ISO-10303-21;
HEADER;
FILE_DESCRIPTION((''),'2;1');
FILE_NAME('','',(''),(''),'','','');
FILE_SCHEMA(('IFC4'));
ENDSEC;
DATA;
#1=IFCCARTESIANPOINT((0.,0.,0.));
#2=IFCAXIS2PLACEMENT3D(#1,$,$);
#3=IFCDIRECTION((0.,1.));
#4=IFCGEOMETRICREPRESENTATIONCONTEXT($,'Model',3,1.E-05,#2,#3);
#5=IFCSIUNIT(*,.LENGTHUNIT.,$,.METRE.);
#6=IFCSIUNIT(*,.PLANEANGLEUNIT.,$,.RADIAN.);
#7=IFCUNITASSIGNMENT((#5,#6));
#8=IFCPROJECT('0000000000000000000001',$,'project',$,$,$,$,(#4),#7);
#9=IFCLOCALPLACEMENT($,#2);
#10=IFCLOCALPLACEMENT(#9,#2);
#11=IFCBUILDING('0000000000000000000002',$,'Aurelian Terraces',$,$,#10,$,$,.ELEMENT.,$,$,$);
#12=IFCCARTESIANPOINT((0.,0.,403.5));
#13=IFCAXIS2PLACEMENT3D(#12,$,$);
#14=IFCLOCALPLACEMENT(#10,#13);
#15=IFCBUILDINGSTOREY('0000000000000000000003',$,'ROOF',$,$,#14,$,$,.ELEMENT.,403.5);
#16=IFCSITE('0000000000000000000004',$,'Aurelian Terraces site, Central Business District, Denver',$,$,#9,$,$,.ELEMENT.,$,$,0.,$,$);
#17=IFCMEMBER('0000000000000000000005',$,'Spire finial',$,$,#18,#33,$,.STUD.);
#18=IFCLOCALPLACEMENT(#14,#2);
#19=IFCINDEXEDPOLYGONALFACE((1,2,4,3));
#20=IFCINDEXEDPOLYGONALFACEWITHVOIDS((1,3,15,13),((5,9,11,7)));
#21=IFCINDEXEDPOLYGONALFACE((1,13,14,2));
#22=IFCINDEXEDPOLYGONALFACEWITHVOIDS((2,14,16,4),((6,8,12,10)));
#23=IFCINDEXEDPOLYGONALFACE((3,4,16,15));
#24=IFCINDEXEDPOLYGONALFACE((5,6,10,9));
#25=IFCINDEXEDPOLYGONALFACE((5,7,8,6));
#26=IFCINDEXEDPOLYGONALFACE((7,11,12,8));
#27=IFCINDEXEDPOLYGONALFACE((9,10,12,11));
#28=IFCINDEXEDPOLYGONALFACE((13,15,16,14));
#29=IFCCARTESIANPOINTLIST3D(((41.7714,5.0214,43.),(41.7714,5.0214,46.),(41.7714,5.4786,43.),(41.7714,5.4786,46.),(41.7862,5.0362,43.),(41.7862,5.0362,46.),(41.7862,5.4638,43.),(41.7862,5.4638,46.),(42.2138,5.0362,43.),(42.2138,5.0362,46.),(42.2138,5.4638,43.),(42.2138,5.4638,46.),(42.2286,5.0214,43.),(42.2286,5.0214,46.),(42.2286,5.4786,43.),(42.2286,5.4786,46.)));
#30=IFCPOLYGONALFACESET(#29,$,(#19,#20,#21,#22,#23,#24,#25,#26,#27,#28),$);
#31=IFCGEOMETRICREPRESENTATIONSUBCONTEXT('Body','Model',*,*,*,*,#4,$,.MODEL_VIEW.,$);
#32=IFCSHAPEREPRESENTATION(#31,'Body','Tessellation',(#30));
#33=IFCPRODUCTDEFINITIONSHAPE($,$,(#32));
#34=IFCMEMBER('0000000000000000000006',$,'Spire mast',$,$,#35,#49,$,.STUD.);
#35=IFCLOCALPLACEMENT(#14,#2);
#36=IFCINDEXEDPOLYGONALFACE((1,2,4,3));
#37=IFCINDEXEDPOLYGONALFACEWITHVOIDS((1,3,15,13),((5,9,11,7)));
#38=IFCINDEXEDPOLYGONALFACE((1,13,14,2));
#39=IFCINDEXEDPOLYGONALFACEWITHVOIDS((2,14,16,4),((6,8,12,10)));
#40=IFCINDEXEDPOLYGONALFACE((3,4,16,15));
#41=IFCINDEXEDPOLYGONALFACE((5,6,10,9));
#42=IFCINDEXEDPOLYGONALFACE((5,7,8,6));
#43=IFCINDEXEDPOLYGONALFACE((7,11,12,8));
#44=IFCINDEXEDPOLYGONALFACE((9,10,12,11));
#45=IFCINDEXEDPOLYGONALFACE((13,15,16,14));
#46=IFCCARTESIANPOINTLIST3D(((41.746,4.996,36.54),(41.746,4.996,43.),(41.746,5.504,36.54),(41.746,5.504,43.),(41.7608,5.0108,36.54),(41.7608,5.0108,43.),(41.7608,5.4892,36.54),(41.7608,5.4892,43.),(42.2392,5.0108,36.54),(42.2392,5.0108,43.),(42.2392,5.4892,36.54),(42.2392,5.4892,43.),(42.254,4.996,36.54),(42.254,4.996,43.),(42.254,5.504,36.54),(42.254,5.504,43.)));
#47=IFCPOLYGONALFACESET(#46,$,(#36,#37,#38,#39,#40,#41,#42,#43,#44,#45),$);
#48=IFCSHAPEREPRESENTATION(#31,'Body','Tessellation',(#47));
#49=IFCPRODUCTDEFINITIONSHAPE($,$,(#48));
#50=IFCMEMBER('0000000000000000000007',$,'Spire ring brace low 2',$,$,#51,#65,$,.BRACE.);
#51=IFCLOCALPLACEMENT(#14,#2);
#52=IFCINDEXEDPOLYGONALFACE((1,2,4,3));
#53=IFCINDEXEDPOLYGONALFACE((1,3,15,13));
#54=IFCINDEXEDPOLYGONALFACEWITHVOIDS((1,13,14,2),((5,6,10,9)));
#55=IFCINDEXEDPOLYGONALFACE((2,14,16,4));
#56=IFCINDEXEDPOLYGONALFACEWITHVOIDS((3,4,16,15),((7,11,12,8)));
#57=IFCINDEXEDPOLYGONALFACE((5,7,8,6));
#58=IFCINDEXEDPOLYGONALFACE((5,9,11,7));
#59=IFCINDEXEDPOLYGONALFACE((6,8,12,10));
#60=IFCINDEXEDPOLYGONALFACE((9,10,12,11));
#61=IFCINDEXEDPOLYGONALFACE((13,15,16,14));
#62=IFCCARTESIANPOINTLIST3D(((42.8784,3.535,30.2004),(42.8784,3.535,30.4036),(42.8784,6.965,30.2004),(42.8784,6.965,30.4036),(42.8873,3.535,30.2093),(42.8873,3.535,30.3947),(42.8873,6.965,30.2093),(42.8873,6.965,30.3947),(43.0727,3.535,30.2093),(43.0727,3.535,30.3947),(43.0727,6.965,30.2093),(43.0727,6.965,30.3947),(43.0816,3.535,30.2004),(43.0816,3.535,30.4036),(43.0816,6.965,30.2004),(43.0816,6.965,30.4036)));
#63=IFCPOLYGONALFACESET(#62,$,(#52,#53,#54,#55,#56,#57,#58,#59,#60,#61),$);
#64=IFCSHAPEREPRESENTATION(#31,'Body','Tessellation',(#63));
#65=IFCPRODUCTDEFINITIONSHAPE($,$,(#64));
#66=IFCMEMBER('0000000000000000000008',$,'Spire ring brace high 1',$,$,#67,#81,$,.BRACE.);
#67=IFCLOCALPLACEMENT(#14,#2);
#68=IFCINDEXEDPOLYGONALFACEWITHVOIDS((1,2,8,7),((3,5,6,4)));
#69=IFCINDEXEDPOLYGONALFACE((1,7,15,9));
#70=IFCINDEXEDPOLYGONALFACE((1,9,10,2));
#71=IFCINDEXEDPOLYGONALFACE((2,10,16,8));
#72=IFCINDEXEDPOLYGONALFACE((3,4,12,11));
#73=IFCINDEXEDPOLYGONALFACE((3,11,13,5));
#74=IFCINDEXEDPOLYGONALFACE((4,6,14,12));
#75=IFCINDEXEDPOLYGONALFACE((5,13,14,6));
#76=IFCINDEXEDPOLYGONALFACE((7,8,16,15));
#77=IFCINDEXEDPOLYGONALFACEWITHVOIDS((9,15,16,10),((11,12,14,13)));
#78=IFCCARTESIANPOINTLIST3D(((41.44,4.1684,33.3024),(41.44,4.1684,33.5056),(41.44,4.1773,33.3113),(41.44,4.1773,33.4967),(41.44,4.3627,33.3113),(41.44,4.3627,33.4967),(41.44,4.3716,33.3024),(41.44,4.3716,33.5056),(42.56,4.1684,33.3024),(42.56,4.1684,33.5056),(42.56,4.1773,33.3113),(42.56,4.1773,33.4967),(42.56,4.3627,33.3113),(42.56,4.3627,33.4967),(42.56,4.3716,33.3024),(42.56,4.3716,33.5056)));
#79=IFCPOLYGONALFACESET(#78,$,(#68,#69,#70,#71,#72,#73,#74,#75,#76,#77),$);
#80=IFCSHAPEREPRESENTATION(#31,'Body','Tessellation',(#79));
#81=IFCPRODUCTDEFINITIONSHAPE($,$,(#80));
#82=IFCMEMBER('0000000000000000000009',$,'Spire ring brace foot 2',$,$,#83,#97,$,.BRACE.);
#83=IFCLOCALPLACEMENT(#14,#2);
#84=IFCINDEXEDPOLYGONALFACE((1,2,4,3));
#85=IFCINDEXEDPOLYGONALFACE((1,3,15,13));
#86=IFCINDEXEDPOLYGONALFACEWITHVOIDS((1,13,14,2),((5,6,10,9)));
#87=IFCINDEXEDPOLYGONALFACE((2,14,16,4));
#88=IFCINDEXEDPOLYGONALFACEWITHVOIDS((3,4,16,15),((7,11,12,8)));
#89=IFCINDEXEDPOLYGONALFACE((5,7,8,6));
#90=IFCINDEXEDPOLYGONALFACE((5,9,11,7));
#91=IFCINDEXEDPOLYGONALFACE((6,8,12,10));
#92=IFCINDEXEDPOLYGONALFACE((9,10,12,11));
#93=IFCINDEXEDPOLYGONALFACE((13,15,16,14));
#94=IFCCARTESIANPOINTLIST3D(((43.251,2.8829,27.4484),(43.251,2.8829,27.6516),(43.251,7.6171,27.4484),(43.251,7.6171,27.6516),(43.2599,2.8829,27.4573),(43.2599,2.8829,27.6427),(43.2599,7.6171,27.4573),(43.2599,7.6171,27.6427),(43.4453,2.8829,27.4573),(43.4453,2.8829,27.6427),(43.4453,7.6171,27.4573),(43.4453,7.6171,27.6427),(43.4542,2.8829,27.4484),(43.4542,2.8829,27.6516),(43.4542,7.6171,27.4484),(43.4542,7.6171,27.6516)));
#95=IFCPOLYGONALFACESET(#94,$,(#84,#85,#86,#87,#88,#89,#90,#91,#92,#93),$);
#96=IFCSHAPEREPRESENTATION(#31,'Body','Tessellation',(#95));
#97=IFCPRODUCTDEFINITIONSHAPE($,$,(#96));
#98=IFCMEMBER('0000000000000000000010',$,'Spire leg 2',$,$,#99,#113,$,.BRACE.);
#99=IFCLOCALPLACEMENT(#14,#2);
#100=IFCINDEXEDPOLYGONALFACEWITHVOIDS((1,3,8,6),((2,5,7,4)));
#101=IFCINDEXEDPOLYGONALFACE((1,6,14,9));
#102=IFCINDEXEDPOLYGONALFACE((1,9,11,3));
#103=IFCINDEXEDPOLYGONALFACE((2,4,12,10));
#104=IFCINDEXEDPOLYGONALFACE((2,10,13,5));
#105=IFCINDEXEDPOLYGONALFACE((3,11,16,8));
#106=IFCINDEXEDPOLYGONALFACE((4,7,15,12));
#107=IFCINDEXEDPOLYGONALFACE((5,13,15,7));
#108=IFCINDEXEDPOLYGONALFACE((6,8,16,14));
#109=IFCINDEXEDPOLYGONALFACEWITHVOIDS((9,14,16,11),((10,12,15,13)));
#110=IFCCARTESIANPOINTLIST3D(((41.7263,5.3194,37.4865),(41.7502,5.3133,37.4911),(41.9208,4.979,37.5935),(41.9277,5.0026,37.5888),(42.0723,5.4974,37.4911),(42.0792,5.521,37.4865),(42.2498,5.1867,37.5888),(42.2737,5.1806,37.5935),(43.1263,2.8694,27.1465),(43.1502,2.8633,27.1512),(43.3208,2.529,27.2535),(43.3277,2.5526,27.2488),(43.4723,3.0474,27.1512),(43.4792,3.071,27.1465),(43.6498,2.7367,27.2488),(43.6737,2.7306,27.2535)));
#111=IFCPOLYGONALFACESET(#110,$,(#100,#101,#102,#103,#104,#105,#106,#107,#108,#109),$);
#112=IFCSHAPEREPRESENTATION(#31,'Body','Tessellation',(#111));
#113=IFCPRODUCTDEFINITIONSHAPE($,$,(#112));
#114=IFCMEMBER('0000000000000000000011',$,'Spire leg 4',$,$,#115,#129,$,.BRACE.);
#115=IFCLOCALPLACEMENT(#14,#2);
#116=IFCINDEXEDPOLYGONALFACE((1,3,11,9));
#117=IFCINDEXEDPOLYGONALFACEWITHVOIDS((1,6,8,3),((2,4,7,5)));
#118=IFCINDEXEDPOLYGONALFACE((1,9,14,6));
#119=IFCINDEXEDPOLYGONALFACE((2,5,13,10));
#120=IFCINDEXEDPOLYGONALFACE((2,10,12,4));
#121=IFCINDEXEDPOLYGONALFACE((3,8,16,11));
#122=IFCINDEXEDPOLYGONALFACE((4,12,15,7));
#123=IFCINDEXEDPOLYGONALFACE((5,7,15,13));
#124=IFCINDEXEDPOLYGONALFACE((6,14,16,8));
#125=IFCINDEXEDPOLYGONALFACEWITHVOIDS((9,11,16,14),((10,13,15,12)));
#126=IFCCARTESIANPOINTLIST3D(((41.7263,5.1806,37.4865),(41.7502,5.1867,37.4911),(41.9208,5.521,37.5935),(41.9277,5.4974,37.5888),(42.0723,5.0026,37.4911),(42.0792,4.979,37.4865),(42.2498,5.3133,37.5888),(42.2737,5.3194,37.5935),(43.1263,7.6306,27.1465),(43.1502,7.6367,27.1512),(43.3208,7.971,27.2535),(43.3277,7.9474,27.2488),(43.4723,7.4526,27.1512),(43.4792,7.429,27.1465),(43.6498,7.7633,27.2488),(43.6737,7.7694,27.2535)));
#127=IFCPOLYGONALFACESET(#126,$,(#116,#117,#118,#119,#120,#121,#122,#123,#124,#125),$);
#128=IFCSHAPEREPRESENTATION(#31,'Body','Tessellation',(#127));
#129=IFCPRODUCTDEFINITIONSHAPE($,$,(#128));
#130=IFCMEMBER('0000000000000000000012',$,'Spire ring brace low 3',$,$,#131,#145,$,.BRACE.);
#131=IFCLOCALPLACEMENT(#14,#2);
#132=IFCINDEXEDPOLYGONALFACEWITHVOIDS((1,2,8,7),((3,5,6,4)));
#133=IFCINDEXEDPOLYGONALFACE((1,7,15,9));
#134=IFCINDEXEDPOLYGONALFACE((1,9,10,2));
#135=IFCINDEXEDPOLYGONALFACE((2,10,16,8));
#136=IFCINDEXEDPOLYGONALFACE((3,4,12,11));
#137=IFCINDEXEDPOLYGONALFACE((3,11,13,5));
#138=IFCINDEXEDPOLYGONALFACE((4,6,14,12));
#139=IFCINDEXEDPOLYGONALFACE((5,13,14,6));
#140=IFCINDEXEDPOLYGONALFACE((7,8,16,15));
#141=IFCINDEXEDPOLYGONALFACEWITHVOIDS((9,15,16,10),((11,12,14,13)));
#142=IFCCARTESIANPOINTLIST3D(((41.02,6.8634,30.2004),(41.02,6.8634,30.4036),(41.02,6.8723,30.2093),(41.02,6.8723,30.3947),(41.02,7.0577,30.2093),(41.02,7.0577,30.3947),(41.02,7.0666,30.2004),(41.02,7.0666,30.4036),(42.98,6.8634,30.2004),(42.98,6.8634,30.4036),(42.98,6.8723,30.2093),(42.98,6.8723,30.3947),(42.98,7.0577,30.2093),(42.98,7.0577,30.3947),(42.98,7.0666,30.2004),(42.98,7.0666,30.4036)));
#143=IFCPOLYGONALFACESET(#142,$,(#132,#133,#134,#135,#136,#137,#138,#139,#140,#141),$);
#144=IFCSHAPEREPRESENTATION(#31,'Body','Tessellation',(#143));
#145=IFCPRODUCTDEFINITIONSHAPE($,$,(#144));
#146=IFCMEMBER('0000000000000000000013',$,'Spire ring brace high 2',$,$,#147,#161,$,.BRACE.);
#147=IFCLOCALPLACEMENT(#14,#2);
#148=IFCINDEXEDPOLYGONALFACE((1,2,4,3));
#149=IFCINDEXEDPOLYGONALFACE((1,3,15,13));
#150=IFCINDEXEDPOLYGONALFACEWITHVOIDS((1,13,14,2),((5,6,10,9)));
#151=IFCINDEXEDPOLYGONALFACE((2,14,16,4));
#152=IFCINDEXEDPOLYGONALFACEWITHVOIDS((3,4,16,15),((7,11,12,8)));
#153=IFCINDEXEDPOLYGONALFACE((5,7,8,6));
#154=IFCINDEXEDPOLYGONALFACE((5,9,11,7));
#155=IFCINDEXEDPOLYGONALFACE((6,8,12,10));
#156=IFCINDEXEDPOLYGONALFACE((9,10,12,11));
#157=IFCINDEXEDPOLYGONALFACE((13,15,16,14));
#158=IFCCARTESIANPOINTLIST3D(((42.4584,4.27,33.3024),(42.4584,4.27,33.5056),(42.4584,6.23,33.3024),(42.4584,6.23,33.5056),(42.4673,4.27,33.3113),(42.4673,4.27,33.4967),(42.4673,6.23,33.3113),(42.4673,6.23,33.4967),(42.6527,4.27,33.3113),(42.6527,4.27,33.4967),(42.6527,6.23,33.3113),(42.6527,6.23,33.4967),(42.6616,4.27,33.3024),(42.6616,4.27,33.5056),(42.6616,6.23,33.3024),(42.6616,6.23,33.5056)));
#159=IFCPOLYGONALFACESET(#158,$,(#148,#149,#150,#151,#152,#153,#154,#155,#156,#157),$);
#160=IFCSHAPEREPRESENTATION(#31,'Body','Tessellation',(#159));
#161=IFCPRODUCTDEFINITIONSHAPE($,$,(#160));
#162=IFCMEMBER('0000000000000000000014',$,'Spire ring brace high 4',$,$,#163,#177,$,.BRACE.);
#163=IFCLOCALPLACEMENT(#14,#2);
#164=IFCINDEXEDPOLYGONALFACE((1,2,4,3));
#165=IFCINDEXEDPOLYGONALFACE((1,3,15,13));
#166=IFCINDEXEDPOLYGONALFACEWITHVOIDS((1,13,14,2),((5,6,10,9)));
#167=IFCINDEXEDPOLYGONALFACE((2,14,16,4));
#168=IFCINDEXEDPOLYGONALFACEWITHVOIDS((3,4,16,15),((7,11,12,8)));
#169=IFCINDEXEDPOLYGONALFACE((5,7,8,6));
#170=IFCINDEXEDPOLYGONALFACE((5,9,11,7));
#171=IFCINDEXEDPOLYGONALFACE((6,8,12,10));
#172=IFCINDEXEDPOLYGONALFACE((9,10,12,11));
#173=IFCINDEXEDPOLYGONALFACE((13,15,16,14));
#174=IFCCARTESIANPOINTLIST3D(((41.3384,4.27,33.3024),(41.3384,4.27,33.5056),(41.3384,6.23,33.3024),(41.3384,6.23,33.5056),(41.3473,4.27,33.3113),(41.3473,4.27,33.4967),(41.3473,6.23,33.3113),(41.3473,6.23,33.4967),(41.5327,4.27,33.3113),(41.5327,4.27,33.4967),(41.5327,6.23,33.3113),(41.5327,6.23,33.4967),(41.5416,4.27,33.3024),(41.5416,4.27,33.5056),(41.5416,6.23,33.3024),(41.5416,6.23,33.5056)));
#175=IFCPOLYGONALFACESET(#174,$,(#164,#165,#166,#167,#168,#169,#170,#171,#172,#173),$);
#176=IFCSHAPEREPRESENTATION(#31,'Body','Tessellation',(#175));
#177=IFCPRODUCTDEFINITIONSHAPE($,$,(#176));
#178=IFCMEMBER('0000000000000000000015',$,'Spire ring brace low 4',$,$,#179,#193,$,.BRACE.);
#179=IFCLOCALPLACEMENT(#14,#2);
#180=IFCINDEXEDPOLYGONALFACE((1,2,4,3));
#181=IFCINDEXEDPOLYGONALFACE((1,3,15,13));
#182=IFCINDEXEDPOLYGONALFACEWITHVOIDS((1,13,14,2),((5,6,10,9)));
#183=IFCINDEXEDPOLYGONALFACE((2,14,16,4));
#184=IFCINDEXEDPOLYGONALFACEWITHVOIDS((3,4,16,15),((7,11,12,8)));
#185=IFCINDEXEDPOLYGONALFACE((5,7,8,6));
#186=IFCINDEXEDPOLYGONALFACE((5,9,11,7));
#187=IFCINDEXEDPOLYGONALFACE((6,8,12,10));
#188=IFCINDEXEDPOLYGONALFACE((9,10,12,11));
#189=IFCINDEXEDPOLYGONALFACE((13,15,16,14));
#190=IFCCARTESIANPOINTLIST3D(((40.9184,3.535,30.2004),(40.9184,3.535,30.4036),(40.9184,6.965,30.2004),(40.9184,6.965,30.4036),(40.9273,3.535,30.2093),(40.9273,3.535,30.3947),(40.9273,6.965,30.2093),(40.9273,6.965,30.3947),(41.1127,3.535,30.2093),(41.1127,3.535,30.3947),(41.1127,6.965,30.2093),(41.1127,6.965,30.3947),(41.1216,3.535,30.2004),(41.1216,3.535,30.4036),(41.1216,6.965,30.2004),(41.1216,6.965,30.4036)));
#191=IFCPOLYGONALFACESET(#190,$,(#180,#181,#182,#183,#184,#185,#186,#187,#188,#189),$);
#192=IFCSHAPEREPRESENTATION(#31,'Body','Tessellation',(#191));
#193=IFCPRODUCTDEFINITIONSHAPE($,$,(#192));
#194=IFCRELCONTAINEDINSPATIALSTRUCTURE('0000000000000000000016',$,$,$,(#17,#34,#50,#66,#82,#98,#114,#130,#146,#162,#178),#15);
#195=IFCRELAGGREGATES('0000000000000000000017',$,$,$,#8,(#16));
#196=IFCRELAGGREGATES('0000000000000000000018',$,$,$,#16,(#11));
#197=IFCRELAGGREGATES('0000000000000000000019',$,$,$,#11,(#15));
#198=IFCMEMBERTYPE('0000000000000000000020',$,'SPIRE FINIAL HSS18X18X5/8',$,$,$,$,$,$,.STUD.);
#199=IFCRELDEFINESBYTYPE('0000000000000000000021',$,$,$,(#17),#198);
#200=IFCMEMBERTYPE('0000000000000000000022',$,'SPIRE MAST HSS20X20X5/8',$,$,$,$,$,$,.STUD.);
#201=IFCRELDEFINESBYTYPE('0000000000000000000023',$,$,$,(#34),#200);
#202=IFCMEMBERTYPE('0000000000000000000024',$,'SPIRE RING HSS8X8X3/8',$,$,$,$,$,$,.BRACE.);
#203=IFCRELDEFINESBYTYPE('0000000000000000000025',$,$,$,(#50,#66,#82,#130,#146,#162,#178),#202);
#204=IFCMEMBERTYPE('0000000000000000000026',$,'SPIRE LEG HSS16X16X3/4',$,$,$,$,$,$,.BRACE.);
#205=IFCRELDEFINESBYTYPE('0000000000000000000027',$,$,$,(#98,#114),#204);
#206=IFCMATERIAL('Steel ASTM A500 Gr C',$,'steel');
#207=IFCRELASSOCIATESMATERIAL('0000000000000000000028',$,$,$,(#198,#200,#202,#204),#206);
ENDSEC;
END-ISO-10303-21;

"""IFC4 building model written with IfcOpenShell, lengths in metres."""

from ifc_helpers import new_model, si_unit, direction, frame, origin, origin_2d, place, context, subcontext, project, spatial, hollow_rectangle, extrude, source, transform, mapped, material, material_profile, profile_set, type_object, element, save


model = new_model("IFC4")

# Units and contexts
model_context = context("Model", 3, precision=1e-05, world=origin(), true_north=direction((0.0, 1.0)))
body_context = subcontext(model_context, "Body", "Model", "MODEL_VIEW")
ifc_project = project(units=[si_unit("LENGTHUNIT", "METRE"), si_unit("PLANEANGLEUNIT", "RADIAN")], contexts=[model_context])

# Site, building, storey
site_placement = place(None, origin())
site = spatial("IfcSite", under=ifc_project, at=site_placement, Name="Aurelian Terraces site, Central Business District, Denver", CompositionType="ELEMENT", RefElevation=0.0)
building_placement = place(site_placement, origin())
building = spatial("IfcBuilding", under=site, at=building_placement, Name="Aurelian Terraces", CompositionType="ELEMENT")
storey_placement = place(building_placement, frame((0.0, 0.0, 403.5)))
storey = spatial("IfcBuildingStorey", under=building, at=storey_placement, Name="ROOF", CompositionType="ELEMENT", Elevation=403.5)

# Members
ifc_material_1 = material(Name="Steel ASTM A500 Gr C", Category="steel")
ifc_material_profile_1 = material_profile(ifc_material_1, hollow_rectangle(XDim=0.4572, YDim=0.4572, WallThickness=0.0148, at=origin_2d()))
ifc_profile_set_1 = profile_set([ifc_material_profile_1], Name="Steel ASTM A500 Gr C")
member_type_1 = type_object("IfcMemberType", Name="SPIRE FINIAL HSS18X18X5/8", PredefinedType="STUD", material=ifc_profile_set_1)
member_1_placement = place(storey_placement, frame((42.0, 5.25, 43.0), z_axis=(0.0, 0.0, 1.0), x_axis=(1.0, 0.0, 0.0)))
element("IfcMember", 1, at=member_1_placement, inside=storey, type_object=member_type_1, Name="Spire finial", PredefinedType="STUD", context=body_context, shape_type="SweptSolid", body=[
    extrude(hollow_rectangle(XDim=0.4572, YDim=0.4572, WallThickness=0.0148, at=origin_2d()), origin(), (0.0, 0.0, 1.0), 3.0),
])
ifc_material_profile_2 = material_profile(ifc_material_1, hollow_rectangle(XDim=0.508, YDim=0.508, WallThickness=0.0148, at=origin_2d()))
ifc_profile_set_2 = profile_set([ifc_material_profile_2], Name="Steel ASTM A500 Gr C")
member_type_2 = type_object("IfcMemberType", Name="SPIRE MAST HSS20X20X5/8", PredefinedType="STUD", material=ifc_profile_set_2)
member_2_placement = place(storey_placement, frame((42.0, 5.25, 36.54), z_axis=(0.0, 0.0, 1.0), x_axis=(1.0, 0.0, 0.0)))
element("IfcMember", 2, at=member_2_placement, inside=storey, type_object=member_type_2, Name="Spire mast", PredefinedType="STUD", context=body_context, shape_type="SweptSolid", body=[
    extrude(hollow_rectangle(XDim=0.508, YDim=0.508, WallThickness=0.0148, at=origin_2d()), origin(), (0.0, 0.0, 1.0), 6.46),
])
ifc_material_profile_3 = material_profile(ifc_material_1, hollow_rectangle(XDim=0.2032, YDim=0.2032, WallThickness=0.0089, at=origin_2d()))
ifc_profile_set_3 = profile_set([ifc_material_profile_3], Name="Steel ASTM A500 Gr C")
member_type_3 = type_object("IfcMemberType", Name="SPIRE RING HSS8X8X3/8", PredefinedType="BRACE", material=ifc_profile_set_3)
member_3_placement = place(storey_placement, frame((42.98, 3.535, 30.302), z_axis=(0.0, 1.0, 0.0), x_axis=(-1.0, 0.0, 0.0)))
element("IfcMember", 3, at=member_3_placement, inside=storey, type_object=member_type_3, Name="Spire ring brace low 2", PredefinedType="BRACE", context=body_context, shape_type="SweptSolid", body=[
    extrude(hollow_rectangle(XDim=0.2032, YDim=0.2032, WallThickness=0.0089, at=origin_2d()), origin(), (0.0, 0.0, 1.0), 3.43),
])
member_4_placement = place(storey_placement, frame((41.44, 4.27, 33.404), z_axis=(1.0, 0.0, 0.0), x_axis=(0.0, 1.0, 0.0)))
element("IfcMember", 4, at=member_4_placement, inside=storey, type_object=member_type_3, Name="Spire ring brace high 1", PredefinedType="BRACE", context=body_context, shape_type="SweptSolid", body=[
    extrude(hollow_rectangle(XDim=0.2032, YDim=0.2032, WallThickness=0.0089, at=origin_2d()), origin(), (0.0, 0.0, 1.0), 1.12),
])
member_5_placement = place(storey_placement, frame((43.3526, 2.8829, 27.55), z_axis=(0.0, 1.0, 0.0), x_axis=(-1.0, 0.0, 0.0)))
element("IfcMember", 5, at=member_5_placement, inside=storey, type_object=member_type_3, Name="Spire ring brace foot 2", PredefinedType="BRACE", context=body_context, shape_type="SweptSolid", body=[
    extrude(hollow_rectangle(XDim=0.2032, YDim=0.2032, WallThickness=0.0089, at=origin_2d()), origin(), (0.0, 0.0, 1.0), 4.7342),
])
ifc_material_profile_4 = material_profile(ifc_material_1, hollow_rectangle(XDim=0.4064, YDim=0.4064, WallThickness=0.0177, at=origin_2d()))
ifc_profile_set_4 = profile_set([ifc_material_profile_4], Name="Steel ASTM A500 Gr C")
member_type_4 = type_object("IfcMemberType", Name="SPIRE LEG HSS16X16X3/4", PredefinedType="BRACE", material=ifc_profile_set_4)
shared_shape_1 = source(origin(), body_context, "Body", "SweptSolid", [
    extrude(hollow_rectangle(XDim=0.4064, YDim=0.4064, WallThickness=0.0177, at=origin_2d()), origin(), (0.0, 0.0, 1.0), 10.7181),
])
for number, where, z_axis, x_axis, name in (
    (6, (43.4, 2.8, 27.2), (-0.13062, 0.228585, 0.964721), (-0.868243, -0.496139, 0.0), "Spire leg 2"),
    (7, (43.4, 7.7, 27.2), (-0.13062, -0.228585, 0.964721), (0.868243, -0.496139, 0.0), "Spire leg 4"),
):
    element("IfcMember", number, at=place(storey_placement, frame(where, z_axis=z_axis, x_axis=x_axis)), inside=storey, type_object=member_type_4, Name=name, PredefinedType="BRACE", context=body_context, shape_type="MappedRepresentation", body=[
        mapped(shared_shape_1, transform((0.0, 0.0, 0.0), scale=1.0)),
    ])
shared_shape_2 = source(origin(), body_context, "Body", "SweptSolid", [
    extrude(hollow_rectangle(XDim=0.2032, YDim=0.2032, WallThickness=0.0089, at=origin_2d()), origin(), (0.0, 0.0, 1.0), 1.96),
])
for number, where, z_axis, x_axis, name in (
    (8, (42.98, 6.965, 30.302), (-1.0, 0.0, 0.0), (0.0, -1.0, 0.0), "Spire ring brace low 3"),
    (9, (42.56, 4.27, 33.404), (0.0, 1.0, 0.0), (-1.0, 0.0, 0.0), "Spire ring brace high 2"),
    (10, (41.44, 6.23, 33.404), (0.0, -1.0, 0.0), (1.0, 0.0, 0.0), "Spire ring brace high 4"),
):
    element("IfcMember", number, at=place(storey_placement, frame(where, z_axis=z_axis, x_axis=x_axis)), inside=storey, type_object=member_type_3, Name=name, PredefinedType="BRACE", context=body_context, shape_type="MappedRepresentation", body=[
        mapped(shared_shape_2, transform((0.0, 0.0, 0.0), scale=1.0)),
    ])
shared_shape_3 = source(origin(), body_context, "Body", "SweptSolid", [
    extrude(hollow_rectangle(XDim=0.2032, YDim=0.2032, WallThickness=0.0089, at=origin_2d()), origin(), (0.0, 0.0, 1.0), 3.43),
])
member_6_placement = place(storey_placement, frame((41.02, 6.965, 30.302), z_axis=(0.0, -1.0, 0.0), x_axis=(1.0, 0.0, 0.0)))
element("IfcMember", 11, at=member_6_placement, inside=storey, type_object=member_type_3, Name="Spire ring brace low 4", PredefinedType="BRACE", context=body_context, shape_type="MappedRepresentation", body=[
    mapped(shared_shape_3, transform((0.0, 0.0, 0.0), scale=1.0)),
])

save(model, "model.ifc")
